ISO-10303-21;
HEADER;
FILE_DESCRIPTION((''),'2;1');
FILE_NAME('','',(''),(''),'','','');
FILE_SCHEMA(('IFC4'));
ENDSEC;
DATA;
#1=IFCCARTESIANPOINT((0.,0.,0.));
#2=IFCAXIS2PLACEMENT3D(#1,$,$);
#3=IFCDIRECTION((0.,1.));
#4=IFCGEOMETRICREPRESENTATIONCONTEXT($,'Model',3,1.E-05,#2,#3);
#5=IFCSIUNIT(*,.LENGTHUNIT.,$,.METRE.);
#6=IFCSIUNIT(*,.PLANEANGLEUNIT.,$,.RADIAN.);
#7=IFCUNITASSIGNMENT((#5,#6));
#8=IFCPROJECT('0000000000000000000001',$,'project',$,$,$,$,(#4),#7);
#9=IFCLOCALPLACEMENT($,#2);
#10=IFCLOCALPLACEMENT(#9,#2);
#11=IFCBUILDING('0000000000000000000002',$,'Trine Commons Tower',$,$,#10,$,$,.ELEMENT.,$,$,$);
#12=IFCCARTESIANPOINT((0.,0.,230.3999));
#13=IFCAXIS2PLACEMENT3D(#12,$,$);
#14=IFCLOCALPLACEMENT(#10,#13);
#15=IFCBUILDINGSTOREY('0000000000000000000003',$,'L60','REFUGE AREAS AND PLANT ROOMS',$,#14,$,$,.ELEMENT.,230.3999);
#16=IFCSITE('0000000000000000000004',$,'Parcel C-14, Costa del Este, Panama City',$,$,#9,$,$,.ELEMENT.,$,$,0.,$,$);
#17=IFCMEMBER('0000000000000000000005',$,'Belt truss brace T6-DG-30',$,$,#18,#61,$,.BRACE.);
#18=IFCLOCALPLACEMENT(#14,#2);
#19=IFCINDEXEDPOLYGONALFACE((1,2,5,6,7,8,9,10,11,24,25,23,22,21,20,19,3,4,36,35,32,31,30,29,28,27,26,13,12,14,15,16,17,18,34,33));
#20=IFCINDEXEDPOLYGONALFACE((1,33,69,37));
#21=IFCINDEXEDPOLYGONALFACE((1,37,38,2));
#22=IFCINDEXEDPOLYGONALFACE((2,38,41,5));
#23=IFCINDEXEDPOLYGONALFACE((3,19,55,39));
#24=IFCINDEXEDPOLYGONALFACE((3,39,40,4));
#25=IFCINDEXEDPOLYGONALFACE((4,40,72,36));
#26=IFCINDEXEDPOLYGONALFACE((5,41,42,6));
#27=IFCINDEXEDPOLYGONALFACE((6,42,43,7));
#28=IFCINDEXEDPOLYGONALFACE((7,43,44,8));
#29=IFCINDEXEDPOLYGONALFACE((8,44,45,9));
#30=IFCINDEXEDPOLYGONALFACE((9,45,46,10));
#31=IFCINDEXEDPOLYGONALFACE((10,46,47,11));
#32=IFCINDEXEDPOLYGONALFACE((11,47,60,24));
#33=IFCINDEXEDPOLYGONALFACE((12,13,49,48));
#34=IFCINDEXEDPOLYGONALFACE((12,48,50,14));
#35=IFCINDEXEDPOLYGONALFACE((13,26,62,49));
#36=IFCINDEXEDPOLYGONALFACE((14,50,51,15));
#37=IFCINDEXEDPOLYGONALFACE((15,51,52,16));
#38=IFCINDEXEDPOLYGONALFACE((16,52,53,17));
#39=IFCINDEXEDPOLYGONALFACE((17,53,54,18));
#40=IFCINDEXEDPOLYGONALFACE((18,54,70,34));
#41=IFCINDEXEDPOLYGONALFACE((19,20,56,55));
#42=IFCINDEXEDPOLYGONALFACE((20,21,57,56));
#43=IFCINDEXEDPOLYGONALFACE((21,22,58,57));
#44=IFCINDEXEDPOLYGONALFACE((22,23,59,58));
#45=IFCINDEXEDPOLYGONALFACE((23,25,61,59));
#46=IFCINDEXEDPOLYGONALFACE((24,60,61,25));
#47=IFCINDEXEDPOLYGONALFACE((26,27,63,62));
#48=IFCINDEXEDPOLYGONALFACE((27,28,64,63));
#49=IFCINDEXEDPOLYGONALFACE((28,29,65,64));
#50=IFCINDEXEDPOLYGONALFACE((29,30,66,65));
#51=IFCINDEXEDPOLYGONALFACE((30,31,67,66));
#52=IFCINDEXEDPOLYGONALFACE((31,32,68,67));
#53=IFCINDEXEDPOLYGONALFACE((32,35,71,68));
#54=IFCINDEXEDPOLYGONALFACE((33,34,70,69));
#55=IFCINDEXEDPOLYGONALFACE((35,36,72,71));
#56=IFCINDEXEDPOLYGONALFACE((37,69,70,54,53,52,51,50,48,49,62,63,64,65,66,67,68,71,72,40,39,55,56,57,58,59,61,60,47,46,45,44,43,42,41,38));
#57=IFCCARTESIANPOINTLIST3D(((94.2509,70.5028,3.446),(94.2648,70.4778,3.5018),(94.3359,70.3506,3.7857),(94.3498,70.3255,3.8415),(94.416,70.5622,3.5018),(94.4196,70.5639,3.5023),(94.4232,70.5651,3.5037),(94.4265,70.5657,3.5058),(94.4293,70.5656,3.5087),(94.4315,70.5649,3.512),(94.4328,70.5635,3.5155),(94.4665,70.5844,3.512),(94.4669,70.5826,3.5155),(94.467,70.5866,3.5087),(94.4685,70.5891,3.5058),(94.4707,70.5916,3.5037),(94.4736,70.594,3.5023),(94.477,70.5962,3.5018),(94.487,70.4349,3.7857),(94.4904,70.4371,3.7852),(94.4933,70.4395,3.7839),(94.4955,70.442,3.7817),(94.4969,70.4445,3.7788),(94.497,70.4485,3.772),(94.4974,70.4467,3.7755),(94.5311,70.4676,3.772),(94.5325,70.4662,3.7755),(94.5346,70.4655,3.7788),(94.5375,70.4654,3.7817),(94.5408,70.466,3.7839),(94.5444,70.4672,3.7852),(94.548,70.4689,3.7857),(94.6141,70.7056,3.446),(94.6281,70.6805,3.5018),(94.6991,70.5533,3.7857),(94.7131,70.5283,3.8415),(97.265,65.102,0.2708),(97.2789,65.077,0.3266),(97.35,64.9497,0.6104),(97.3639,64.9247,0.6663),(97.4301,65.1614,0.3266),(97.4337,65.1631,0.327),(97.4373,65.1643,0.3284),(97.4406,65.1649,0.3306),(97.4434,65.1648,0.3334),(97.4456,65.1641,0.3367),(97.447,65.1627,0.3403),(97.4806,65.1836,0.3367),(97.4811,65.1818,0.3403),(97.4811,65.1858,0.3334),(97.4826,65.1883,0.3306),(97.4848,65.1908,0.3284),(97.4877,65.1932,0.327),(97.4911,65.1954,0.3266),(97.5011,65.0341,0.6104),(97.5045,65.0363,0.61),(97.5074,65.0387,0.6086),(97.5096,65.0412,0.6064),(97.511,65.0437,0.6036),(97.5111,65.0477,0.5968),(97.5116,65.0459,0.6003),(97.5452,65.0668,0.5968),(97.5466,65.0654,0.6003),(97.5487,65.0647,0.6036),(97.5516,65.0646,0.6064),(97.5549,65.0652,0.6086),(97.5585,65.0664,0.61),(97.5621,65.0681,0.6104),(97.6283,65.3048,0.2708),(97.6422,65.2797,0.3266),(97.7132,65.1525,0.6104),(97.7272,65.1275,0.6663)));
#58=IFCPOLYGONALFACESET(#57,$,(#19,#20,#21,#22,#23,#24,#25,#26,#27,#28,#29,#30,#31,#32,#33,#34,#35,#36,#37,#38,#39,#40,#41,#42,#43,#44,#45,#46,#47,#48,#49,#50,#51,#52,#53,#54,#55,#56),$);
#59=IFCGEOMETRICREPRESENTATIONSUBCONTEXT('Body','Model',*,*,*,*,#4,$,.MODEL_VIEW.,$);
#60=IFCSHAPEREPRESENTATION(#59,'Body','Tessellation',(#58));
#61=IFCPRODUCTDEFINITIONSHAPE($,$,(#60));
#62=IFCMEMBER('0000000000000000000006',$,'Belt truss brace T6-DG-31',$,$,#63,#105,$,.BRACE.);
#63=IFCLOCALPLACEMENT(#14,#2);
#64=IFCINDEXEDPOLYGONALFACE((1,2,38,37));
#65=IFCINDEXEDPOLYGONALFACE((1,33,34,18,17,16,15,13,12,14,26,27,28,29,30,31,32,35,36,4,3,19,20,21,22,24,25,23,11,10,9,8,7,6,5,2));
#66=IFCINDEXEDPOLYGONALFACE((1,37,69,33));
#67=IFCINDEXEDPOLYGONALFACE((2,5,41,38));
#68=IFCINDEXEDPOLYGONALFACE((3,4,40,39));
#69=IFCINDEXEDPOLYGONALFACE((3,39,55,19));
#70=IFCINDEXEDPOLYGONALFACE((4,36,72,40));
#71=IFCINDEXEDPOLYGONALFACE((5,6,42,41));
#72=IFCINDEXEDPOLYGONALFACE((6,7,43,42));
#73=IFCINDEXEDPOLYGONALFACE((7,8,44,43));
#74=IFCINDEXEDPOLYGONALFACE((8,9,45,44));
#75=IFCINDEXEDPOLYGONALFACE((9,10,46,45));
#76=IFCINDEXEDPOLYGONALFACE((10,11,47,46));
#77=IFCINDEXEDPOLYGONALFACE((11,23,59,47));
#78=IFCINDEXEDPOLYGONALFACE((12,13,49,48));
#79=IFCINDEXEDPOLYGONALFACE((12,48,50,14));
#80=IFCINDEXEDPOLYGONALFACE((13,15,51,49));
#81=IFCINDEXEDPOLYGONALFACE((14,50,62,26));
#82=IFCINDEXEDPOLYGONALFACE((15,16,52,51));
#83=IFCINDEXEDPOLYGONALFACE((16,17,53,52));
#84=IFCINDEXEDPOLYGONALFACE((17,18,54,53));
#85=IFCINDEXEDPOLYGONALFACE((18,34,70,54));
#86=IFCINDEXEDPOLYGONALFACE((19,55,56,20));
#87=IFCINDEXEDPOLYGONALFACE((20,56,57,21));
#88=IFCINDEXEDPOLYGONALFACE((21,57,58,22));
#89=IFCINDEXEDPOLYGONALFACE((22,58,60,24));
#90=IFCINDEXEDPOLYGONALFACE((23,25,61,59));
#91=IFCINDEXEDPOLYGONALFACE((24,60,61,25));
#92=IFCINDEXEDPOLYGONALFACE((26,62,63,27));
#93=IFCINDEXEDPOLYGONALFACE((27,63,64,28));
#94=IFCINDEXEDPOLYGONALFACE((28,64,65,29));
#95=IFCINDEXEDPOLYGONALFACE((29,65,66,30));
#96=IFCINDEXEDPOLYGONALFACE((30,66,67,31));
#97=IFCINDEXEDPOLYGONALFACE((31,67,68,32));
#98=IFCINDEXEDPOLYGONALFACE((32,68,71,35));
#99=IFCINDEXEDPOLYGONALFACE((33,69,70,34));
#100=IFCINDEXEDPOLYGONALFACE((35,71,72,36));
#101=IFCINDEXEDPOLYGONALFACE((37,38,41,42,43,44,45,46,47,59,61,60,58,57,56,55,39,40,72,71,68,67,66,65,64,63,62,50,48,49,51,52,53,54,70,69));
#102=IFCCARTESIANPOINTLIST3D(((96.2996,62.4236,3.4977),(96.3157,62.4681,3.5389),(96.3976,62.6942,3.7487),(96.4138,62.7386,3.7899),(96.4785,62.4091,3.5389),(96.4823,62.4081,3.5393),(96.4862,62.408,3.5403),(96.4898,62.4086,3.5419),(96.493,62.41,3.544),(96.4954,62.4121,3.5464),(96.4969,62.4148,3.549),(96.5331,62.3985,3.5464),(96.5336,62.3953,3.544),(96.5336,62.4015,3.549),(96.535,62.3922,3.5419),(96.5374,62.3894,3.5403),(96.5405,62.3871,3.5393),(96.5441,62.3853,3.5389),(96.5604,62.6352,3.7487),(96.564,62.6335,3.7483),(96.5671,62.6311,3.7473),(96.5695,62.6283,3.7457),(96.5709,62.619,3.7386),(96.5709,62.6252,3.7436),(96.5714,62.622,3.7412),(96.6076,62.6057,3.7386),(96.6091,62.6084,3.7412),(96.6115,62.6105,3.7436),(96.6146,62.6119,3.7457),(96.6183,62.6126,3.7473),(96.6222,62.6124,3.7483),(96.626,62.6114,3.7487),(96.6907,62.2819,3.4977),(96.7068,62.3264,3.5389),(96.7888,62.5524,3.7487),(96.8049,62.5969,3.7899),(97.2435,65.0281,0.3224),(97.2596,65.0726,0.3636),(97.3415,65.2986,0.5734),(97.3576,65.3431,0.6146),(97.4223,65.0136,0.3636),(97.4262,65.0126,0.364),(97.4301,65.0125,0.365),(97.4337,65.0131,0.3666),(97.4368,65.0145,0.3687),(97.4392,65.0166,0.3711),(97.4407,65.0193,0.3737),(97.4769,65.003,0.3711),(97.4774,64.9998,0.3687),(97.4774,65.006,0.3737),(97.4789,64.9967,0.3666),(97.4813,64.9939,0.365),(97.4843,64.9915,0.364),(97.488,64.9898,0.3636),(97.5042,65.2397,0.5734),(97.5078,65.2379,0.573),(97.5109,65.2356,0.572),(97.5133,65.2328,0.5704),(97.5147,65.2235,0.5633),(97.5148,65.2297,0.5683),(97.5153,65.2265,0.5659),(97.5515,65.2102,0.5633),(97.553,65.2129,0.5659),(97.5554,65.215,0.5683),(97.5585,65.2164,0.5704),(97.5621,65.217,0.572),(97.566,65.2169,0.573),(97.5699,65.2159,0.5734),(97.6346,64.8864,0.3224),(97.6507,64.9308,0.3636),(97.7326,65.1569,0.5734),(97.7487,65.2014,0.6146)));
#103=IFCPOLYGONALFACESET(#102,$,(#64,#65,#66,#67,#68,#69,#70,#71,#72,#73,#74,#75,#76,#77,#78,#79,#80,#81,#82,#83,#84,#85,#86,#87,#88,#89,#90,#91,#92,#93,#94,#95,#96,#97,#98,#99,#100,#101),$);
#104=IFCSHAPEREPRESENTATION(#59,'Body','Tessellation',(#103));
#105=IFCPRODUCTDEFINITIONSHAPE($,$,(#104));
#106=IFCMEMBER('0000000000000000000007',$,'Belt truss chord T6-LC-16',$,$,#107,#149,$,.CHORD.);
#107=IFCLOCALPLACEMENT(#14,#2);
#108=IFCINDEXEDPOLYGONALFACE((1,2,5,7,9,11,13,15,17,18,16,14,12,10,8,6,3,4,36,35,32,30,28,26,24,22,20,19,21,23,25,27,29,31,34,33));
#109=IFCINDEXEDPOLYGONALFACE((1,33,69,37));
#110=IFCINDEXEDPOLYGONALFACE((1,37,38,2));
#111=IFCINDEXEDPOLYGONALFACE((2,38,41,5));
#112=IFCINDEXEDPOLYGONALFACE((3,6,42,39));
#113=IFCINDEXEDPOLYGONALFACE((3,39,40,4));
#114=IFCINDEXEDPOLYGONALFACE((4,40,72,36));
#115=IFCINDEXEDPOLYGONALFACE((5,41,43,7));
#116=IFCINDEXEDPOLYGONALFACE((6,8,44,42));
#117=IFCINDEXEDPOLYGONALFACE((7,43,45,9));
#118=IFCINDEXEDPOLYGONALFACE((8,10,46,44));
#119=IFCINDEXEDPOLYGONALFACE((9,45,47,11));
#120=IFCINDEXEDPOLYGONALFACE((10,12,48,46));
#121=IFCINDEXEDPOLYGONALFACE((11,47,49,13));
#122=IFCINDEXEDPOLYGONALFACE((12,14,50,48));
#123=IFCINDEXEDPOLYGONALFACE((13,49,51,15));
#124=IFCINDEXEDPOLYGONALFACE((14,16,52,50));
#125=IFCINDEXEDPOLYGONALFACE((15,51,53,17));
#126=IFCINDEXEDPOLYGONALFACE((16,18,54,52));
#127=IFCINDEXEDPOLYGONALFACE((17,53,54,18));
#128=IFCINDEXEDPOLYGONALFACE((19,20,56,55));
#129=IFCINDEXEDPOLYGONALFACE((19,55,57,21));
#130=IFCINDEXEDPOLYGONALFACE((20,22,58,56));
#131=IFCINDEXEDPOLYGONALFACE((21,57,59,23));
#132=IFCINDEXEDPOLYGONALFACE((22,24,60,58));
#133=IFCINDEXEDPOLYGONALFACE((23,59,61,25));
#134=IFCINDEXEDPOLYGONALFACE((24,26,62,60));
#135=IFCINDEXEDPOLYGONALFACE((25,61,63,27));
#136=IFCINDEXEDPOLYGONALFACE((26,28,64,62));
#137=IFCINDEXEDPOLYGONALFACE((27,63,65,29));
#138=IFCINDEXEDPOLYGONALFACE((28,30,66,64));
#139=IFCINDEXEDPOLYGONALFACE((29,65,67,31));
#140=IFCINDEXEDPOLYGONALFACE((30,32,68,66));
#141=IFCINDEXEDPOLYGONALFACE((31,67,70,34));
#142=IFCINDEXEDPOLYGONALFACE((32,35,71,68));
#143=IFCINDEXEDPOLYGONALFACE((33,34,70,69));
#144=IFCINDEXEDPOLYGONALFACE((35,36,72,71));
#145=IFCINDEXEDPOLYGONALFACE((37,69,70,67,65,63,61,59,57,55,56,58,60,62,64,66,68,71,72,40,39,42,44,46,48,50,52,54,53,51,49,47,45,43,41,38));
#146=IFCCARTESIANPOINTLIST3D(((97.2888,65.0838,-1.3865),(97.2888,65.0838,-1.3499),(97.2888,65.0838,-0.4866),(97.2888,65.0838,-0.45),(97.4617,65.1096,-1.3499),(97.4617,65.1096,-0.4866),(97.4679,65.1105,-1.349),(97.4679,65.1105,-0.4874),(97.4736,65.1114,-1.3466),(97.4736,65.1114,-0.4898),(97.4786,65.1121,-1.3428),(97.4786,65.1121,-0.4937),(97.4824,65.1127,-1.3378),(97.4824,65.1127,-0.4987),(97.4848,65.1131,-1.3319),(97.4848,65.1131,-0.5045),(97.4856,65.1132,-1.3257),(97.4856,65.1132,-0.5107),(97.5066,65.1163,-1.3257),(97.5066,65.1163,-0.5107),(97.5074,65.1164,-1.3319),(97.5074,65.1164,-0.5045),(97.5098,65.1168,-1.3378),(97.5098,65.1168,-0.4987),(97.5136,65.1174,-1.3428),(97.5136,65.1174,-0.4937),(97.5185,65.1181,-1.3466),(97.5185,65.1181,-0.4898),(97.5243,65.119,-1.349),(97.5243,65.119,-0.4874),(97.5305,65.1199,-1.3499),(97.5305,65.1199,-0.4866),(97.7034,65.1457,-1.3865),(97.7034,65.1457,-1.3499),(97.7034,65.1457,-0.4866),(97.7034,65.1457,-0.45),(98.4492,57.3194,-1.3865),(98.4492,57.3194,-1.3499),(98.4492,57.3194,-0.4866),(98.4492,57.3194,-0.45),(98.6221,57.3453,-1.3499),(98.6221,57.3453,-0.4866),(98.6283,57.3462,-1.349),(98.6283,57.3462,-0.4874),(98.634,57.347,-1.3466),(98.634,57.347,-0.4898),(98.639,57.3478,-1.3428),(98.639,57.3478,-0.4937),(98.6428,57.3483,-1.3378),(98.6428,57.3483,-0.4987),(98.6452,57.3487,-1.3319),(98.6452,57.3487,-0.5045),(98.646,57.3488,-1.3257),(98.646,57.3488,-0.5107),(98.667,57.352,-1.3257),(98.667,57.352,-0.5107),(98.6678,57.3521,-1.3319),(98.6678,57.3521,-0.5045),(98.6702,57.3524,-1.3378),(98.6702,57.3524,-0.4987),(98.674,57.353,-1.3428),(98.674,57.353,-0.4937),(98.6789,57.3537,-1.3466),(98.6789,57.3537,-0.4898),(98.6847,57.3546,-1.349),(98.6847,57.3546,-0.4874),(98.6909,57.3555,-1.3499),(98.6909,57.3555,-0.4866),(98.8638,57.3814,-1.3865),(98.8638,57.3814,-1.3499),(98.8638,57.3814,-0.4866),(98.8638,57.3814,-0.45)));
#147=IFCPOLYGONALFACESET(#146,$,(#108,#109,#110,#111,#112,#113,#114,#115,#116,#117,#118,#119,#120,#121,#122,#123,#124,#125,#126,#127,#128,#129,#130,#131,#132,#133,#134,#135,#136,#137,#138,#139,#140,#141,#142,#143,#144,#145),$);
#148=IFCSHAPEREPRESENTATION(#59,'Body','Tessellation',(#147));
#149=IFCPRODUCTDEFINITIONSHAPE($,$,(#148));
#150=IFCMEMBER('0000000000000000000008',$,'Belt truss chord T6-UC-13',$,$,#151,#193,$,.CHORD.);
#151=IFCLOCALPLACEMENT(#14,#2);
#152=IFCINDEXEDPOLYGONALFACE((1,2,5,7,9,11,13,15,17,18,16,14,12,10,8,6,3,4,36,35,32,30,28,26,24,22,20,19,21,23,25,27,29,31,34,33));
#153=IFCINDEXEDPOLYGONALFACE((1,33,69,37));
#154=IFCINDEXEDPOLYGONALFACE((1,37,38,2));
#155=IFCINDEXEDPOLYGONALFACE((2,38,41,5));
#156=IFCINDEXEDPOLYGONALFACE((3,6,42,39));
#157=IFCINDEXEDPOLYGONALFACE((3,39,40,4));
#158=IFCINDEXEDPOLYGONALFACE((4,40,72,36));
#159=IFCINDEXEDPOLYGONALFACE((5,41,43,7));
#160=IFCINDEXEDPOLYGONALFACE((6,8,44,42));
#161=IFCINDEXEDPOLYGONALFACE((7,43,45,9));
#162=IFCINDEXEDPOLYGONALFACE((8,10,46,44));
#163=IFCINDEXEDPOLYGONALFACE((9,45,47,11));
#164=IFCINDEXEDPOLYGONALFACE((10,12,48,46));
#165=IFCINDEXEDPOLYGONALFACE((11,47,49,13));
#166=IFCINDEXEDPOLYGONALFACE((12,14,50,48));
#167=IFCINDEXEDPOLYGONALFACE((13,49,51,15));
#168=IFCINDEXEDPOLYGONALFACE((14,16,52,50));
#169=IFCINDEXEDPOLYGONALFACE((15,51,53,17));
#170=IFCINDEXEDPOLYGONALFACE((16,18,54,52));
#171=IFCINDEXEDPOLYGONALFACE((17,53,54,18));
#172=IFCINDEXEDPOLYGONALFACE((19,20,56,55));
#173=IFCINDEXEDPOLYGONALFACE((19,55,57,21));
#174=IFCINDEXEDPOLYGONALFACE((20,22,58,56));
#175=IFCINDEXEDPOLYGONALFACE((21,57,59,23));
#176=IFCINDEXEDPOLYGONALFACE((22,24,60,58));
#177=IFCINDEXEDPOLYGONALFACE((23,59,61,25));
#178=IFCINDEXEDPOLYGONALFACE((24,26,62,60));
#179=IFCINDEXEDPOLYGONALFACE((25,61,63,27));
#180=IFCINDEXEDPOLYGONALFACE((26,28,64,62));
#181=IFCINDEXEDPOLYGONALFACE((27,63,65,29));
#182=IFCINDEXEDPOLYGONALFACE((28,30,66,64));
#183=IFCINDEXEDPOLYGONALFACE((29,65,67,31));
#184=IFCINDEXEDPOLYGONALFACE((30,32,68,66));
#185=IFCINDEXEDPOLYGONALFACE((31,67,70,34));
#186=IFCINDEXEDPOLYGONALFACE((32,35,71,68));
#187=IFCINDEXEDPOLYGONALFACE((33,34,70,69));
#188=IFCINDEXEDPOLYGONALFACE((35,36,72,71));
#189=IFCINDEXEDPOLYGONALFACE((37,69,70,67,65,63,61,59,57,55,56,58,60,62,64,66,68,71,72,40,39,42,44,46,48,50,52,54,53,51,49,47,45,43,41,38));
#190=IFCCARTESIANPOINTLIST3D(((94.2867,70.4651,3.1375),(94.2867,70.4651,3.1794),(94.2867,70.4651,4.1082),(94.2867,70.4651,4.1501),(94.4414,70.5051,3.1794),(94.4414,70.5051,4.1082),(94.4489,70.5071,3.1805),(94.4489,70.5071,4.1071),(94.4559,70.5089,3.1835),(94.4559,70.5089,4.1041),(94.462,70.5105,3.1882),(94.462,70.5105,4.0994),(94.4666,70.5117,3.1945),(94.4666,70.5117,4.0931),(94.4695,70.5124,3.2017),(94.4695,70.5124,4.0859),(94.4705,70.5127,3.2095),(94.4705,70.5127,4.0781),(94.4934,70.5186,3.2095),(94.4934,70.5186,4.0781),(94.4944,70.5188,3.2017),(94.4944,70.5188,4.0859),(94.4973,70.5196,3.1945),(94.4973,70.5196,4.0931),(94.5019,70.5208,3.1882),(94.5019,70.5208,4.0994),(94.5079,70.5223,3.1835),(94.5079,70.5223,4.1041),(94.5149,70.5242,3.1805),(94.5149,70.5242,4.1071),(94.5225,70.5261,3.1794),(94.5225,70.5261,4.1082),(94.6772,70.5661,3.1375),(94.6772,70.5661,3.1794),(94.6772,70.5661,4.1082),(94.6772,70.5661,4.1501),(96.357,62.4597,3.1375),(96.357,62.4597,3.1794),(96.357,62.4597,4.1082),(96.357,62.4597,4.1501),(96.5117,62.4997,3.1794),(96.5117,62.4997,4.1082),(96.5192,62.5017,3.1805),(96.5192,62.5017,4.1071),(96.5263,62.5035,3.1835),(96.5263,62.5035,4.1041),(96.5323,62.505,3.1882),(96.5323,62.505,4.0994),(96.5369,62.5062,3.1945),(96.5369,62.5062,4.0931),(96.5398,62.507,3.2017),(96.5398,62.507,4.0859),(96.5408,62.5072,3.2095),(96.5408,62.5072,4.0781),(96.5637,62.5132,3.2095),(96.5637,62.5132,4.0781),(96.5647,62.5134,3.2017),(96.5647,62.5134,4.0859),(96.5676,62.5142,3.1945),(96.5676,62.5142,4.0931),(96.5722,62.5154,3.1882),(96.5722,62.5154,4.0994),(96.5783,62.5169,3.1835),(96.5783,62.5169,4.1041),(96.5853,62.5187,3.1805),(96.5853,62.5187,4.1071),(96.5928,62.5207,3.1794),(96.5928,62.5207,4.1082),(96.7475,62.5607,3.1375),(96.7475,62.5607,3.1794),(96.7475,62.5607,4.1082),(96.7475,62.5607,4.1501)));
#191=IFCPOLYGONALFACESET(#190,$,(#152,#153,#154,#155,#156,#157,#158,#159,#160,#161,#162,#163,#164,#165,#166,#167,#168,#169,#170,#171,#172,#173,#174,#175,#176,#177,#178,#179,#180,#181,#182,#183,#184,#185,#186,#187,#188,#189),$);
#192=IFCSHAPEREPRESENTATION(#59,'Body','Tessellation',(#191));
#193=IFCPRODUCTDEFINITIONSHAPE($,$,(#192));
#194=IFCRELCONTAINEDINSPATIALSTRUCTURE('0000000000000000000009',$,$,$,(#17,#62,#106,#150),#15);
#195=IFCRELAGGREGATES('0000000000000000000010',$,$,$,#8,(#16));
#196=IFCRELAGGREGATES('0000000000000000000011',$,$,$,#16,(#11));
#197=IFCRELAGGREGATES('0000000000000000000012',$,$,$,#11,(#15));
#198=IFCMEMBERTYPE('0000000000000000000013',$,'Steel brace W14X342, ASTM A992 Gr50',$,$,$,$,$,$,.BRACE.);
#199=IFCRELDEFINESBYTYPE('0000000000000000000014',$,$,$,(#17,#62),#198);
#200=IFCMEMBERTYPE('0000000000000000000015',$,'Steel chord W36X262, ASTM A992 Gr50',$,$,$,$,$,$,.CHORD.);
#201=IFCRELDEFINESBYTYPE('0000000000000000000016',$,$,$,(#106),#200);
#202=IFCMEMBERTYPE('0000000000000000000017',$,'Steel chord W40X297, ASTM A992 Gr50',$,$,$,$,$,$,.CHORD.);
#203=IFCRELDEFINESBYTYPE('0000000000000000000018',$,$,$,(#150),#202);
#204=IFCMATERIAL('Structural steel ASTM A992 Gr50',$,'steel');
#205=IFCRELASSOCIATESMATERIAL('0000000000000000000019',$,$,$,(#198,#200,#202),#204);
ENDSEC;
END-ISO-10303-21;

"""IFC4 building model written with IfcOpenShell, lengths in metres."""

from ifc_helpers import new_model, si_unit, direction, frame, origin, origin_2d, place, context, subcontext, project, spatial, i_section, extrude, material, material_profile, profile_set, type_object, element, save


model = new_model("IFC4")

# Units and contexts
model_context = context("Model", 3, precision=1e-05, world=origin(), true_north=direction((0.0, 1.0)))
body_context = subcontext(model_context, "Body", "Model", "MODEL_VIEW")
ifc_project = project(units=[si_unit("LENGTHUNIT", "METRE"), si_unit("PLANEANGLEUNIT", "RADIAN")], contexts=[model_context])

# Site, building, storey
site_placement = place(None, origin())
site = spatial("IfcSite", under=ifc_project, at=site_placement, Name="Parcel C-14, Costa del Este, Panama City", CompositionType="ELEMENT", RefElevation=0.0)
building_placement = place(site_placement, origin())
building = spatial("IfcBuilding", under=site, at=building_placement, Name="Trine Commons Tower", CompositionType="ELEMENT")
storey_placement = place(building_placement, frame((0.0, 0.0, 230.3999)))
storey = spatial("IfcBuildingStorey", under=building, at=storey_placement, Name="L60", Description="REFUGE AREAS AND PLANT ROOMS", CompositionType="ELEMENT", Elevation=230.3999)

# Members
ifc_material_1 = material(Name="Structural steel ASTM A992 Gr50", Category="steel")
ifc_material_profile_1 = material_profile(ifc_material_1, i_section(OverallWidth=0.416, OverallDepth=0.4446, WebThickness=0.0391, FlangeThickness=0.0627, FilletRadius=0.0154, at=origin_2d()), Name="W14X342")
ifc_profile_set_1 = profile_set([ifc_material_profile_1], Name="Structural steel ASTM A992 Gr50")
member_type_1 = type_object("IfcMemberType", Name="Steel brace W14X342, ASTM A992 Gr50", PredefinedType="BRACE", material=ifc_profile_set_1)
member_1_placement = place(storey_placement, frame((97.4961, 65.1147, 0.4685), z_axis=(-0.433537, 0.776826, 0.456713), x_axis=(-0.873217, -0.487331, 0.0)))
element("IfcMember", 1, at=member_1_placement, inside=storey, type_object=member_type_1, Name="Belt truss brace T6-DG-30", PredefinedType="BRACE", context=body_context, shape_type="SweptSolid", body=[
    extrude(i_section(OverallWidth=0.416, OverallDepth=0.4446, WebThickness=0.0391, FlangeThickness=0.0627, FilletRadius=0.0154, at=origin_2d()), origin(), (0.0, 0.0, 1.0), 6.9524),
])
member_2_placement = place(storey_placement, frame((97.4961, 65.1147, 0.4685), z_axis=(-0.223986, -0.618076, 0.753533), x_axis=(0.940169, -0.34071, 0.0)))
element("IfcMember", 2, at=member_2_placement, inside=storey, type_object=member_type_1, Name="Belt truss brace T6-DG-31", PredefinedType="BRACE", context=body_context, shape_type="SweptSolid", body=[
    extrude(i_section(OverallWidth=0.416, OverallDepth=0.4446, WebThickness=0.0391, FlangeThickness=0.0627, FilletRadius=0.0154, at=origin_2d()), origin(), (0.0, 0.0, 1.0), 4.2139),
])
ifc_material_profile_2 = material_profile(ifc_material_1, i_section(OverallWidth=0.4192, OverallDepth=0.9365, WebThickness=0.0212, FlangeThickness=0.0366, FilletRadius=0.0242, at=origin_2d()), Name="W36X262")
ifc_profile_set_2 = profile_set([ifc_material_profile_2], Name="Structural steel ASTM A992 Gr50")
member_type_2 = type_object("IfcMemberType", Name="Steel chord W36X262, ASTM A992 Gr50", PredefinedType="CHORD", material=ifc_profile_set_2)
member_3_placement = place(storey_placement, frame((97.4961, 65.1147, -0.9182), z_axis=(0.14781, -0.989016, 0.0), x_axis=(0.989016, 0.14781, 0.0)))
element("IfcMember", 3, at=member_3_placement, inside=storey, type_object=member_type_2, Name="Belt truss chord T6-LC-16", PredefinedType="CHORD", context=body_context, shape_type="SweptSolid", body=[
    extrude(i_section(OverallWidth=0.4192, OverallDepth=0.9365, WebThickness=0.0212, FlangeThickness=0.0366, FilletRadius=0.0242, at=origin_2d()), origin(), (0.0, 0.0, 1.0), 7.8506),
])
ifc_material_profile_3 = material_profile(ifc_material_1, i_section(OverallWidth=0.4033, OverallDepth=1.0127, WebThickness=0.0237, FlangeThickness=0.042, FilletRadius=0.03, at=origin_2d()), Name="W40X297")
ifc_profile_set_3 = profile_set([ifc_material_profile_3], Name="Structural steel ASTM A992 Gr50")
member_type_3 = type_object("IfcMemberType", Name="Steel chord W40X297, ASTM A992 Gr50", PredefinedType="CHORD", material=ifc_profile_set_3)
for number, where, z_axis, x_axis, name in (
    (4, (94.4819, 70.5156, 3.6438), (0.250378, -0.968148, 0.0), (0.968148, 0.250378, 0.0), "Belt truss chord T6-UC-13"),
):
    element("IfcMember", number, at=place(storey_placement, frame(where, z_axis=z_axis, x_axis=x_axis)), inside=storey, type_object=member_type_3, Name=name, PredefinedType="CHORD", context=body_context, shape_type="SweptSolid", body=[
        extrude(i_section(OverallWidth=0.4033, OverallDepth=1.0127, WebThickness=0.0237, FlangeThickness=0.042, FilletRadius=0.03, at=origin_2d()), origin(), (0.0, 0.0, 1.0), 8.2688),
    ])

save(model, "model.ifc")
